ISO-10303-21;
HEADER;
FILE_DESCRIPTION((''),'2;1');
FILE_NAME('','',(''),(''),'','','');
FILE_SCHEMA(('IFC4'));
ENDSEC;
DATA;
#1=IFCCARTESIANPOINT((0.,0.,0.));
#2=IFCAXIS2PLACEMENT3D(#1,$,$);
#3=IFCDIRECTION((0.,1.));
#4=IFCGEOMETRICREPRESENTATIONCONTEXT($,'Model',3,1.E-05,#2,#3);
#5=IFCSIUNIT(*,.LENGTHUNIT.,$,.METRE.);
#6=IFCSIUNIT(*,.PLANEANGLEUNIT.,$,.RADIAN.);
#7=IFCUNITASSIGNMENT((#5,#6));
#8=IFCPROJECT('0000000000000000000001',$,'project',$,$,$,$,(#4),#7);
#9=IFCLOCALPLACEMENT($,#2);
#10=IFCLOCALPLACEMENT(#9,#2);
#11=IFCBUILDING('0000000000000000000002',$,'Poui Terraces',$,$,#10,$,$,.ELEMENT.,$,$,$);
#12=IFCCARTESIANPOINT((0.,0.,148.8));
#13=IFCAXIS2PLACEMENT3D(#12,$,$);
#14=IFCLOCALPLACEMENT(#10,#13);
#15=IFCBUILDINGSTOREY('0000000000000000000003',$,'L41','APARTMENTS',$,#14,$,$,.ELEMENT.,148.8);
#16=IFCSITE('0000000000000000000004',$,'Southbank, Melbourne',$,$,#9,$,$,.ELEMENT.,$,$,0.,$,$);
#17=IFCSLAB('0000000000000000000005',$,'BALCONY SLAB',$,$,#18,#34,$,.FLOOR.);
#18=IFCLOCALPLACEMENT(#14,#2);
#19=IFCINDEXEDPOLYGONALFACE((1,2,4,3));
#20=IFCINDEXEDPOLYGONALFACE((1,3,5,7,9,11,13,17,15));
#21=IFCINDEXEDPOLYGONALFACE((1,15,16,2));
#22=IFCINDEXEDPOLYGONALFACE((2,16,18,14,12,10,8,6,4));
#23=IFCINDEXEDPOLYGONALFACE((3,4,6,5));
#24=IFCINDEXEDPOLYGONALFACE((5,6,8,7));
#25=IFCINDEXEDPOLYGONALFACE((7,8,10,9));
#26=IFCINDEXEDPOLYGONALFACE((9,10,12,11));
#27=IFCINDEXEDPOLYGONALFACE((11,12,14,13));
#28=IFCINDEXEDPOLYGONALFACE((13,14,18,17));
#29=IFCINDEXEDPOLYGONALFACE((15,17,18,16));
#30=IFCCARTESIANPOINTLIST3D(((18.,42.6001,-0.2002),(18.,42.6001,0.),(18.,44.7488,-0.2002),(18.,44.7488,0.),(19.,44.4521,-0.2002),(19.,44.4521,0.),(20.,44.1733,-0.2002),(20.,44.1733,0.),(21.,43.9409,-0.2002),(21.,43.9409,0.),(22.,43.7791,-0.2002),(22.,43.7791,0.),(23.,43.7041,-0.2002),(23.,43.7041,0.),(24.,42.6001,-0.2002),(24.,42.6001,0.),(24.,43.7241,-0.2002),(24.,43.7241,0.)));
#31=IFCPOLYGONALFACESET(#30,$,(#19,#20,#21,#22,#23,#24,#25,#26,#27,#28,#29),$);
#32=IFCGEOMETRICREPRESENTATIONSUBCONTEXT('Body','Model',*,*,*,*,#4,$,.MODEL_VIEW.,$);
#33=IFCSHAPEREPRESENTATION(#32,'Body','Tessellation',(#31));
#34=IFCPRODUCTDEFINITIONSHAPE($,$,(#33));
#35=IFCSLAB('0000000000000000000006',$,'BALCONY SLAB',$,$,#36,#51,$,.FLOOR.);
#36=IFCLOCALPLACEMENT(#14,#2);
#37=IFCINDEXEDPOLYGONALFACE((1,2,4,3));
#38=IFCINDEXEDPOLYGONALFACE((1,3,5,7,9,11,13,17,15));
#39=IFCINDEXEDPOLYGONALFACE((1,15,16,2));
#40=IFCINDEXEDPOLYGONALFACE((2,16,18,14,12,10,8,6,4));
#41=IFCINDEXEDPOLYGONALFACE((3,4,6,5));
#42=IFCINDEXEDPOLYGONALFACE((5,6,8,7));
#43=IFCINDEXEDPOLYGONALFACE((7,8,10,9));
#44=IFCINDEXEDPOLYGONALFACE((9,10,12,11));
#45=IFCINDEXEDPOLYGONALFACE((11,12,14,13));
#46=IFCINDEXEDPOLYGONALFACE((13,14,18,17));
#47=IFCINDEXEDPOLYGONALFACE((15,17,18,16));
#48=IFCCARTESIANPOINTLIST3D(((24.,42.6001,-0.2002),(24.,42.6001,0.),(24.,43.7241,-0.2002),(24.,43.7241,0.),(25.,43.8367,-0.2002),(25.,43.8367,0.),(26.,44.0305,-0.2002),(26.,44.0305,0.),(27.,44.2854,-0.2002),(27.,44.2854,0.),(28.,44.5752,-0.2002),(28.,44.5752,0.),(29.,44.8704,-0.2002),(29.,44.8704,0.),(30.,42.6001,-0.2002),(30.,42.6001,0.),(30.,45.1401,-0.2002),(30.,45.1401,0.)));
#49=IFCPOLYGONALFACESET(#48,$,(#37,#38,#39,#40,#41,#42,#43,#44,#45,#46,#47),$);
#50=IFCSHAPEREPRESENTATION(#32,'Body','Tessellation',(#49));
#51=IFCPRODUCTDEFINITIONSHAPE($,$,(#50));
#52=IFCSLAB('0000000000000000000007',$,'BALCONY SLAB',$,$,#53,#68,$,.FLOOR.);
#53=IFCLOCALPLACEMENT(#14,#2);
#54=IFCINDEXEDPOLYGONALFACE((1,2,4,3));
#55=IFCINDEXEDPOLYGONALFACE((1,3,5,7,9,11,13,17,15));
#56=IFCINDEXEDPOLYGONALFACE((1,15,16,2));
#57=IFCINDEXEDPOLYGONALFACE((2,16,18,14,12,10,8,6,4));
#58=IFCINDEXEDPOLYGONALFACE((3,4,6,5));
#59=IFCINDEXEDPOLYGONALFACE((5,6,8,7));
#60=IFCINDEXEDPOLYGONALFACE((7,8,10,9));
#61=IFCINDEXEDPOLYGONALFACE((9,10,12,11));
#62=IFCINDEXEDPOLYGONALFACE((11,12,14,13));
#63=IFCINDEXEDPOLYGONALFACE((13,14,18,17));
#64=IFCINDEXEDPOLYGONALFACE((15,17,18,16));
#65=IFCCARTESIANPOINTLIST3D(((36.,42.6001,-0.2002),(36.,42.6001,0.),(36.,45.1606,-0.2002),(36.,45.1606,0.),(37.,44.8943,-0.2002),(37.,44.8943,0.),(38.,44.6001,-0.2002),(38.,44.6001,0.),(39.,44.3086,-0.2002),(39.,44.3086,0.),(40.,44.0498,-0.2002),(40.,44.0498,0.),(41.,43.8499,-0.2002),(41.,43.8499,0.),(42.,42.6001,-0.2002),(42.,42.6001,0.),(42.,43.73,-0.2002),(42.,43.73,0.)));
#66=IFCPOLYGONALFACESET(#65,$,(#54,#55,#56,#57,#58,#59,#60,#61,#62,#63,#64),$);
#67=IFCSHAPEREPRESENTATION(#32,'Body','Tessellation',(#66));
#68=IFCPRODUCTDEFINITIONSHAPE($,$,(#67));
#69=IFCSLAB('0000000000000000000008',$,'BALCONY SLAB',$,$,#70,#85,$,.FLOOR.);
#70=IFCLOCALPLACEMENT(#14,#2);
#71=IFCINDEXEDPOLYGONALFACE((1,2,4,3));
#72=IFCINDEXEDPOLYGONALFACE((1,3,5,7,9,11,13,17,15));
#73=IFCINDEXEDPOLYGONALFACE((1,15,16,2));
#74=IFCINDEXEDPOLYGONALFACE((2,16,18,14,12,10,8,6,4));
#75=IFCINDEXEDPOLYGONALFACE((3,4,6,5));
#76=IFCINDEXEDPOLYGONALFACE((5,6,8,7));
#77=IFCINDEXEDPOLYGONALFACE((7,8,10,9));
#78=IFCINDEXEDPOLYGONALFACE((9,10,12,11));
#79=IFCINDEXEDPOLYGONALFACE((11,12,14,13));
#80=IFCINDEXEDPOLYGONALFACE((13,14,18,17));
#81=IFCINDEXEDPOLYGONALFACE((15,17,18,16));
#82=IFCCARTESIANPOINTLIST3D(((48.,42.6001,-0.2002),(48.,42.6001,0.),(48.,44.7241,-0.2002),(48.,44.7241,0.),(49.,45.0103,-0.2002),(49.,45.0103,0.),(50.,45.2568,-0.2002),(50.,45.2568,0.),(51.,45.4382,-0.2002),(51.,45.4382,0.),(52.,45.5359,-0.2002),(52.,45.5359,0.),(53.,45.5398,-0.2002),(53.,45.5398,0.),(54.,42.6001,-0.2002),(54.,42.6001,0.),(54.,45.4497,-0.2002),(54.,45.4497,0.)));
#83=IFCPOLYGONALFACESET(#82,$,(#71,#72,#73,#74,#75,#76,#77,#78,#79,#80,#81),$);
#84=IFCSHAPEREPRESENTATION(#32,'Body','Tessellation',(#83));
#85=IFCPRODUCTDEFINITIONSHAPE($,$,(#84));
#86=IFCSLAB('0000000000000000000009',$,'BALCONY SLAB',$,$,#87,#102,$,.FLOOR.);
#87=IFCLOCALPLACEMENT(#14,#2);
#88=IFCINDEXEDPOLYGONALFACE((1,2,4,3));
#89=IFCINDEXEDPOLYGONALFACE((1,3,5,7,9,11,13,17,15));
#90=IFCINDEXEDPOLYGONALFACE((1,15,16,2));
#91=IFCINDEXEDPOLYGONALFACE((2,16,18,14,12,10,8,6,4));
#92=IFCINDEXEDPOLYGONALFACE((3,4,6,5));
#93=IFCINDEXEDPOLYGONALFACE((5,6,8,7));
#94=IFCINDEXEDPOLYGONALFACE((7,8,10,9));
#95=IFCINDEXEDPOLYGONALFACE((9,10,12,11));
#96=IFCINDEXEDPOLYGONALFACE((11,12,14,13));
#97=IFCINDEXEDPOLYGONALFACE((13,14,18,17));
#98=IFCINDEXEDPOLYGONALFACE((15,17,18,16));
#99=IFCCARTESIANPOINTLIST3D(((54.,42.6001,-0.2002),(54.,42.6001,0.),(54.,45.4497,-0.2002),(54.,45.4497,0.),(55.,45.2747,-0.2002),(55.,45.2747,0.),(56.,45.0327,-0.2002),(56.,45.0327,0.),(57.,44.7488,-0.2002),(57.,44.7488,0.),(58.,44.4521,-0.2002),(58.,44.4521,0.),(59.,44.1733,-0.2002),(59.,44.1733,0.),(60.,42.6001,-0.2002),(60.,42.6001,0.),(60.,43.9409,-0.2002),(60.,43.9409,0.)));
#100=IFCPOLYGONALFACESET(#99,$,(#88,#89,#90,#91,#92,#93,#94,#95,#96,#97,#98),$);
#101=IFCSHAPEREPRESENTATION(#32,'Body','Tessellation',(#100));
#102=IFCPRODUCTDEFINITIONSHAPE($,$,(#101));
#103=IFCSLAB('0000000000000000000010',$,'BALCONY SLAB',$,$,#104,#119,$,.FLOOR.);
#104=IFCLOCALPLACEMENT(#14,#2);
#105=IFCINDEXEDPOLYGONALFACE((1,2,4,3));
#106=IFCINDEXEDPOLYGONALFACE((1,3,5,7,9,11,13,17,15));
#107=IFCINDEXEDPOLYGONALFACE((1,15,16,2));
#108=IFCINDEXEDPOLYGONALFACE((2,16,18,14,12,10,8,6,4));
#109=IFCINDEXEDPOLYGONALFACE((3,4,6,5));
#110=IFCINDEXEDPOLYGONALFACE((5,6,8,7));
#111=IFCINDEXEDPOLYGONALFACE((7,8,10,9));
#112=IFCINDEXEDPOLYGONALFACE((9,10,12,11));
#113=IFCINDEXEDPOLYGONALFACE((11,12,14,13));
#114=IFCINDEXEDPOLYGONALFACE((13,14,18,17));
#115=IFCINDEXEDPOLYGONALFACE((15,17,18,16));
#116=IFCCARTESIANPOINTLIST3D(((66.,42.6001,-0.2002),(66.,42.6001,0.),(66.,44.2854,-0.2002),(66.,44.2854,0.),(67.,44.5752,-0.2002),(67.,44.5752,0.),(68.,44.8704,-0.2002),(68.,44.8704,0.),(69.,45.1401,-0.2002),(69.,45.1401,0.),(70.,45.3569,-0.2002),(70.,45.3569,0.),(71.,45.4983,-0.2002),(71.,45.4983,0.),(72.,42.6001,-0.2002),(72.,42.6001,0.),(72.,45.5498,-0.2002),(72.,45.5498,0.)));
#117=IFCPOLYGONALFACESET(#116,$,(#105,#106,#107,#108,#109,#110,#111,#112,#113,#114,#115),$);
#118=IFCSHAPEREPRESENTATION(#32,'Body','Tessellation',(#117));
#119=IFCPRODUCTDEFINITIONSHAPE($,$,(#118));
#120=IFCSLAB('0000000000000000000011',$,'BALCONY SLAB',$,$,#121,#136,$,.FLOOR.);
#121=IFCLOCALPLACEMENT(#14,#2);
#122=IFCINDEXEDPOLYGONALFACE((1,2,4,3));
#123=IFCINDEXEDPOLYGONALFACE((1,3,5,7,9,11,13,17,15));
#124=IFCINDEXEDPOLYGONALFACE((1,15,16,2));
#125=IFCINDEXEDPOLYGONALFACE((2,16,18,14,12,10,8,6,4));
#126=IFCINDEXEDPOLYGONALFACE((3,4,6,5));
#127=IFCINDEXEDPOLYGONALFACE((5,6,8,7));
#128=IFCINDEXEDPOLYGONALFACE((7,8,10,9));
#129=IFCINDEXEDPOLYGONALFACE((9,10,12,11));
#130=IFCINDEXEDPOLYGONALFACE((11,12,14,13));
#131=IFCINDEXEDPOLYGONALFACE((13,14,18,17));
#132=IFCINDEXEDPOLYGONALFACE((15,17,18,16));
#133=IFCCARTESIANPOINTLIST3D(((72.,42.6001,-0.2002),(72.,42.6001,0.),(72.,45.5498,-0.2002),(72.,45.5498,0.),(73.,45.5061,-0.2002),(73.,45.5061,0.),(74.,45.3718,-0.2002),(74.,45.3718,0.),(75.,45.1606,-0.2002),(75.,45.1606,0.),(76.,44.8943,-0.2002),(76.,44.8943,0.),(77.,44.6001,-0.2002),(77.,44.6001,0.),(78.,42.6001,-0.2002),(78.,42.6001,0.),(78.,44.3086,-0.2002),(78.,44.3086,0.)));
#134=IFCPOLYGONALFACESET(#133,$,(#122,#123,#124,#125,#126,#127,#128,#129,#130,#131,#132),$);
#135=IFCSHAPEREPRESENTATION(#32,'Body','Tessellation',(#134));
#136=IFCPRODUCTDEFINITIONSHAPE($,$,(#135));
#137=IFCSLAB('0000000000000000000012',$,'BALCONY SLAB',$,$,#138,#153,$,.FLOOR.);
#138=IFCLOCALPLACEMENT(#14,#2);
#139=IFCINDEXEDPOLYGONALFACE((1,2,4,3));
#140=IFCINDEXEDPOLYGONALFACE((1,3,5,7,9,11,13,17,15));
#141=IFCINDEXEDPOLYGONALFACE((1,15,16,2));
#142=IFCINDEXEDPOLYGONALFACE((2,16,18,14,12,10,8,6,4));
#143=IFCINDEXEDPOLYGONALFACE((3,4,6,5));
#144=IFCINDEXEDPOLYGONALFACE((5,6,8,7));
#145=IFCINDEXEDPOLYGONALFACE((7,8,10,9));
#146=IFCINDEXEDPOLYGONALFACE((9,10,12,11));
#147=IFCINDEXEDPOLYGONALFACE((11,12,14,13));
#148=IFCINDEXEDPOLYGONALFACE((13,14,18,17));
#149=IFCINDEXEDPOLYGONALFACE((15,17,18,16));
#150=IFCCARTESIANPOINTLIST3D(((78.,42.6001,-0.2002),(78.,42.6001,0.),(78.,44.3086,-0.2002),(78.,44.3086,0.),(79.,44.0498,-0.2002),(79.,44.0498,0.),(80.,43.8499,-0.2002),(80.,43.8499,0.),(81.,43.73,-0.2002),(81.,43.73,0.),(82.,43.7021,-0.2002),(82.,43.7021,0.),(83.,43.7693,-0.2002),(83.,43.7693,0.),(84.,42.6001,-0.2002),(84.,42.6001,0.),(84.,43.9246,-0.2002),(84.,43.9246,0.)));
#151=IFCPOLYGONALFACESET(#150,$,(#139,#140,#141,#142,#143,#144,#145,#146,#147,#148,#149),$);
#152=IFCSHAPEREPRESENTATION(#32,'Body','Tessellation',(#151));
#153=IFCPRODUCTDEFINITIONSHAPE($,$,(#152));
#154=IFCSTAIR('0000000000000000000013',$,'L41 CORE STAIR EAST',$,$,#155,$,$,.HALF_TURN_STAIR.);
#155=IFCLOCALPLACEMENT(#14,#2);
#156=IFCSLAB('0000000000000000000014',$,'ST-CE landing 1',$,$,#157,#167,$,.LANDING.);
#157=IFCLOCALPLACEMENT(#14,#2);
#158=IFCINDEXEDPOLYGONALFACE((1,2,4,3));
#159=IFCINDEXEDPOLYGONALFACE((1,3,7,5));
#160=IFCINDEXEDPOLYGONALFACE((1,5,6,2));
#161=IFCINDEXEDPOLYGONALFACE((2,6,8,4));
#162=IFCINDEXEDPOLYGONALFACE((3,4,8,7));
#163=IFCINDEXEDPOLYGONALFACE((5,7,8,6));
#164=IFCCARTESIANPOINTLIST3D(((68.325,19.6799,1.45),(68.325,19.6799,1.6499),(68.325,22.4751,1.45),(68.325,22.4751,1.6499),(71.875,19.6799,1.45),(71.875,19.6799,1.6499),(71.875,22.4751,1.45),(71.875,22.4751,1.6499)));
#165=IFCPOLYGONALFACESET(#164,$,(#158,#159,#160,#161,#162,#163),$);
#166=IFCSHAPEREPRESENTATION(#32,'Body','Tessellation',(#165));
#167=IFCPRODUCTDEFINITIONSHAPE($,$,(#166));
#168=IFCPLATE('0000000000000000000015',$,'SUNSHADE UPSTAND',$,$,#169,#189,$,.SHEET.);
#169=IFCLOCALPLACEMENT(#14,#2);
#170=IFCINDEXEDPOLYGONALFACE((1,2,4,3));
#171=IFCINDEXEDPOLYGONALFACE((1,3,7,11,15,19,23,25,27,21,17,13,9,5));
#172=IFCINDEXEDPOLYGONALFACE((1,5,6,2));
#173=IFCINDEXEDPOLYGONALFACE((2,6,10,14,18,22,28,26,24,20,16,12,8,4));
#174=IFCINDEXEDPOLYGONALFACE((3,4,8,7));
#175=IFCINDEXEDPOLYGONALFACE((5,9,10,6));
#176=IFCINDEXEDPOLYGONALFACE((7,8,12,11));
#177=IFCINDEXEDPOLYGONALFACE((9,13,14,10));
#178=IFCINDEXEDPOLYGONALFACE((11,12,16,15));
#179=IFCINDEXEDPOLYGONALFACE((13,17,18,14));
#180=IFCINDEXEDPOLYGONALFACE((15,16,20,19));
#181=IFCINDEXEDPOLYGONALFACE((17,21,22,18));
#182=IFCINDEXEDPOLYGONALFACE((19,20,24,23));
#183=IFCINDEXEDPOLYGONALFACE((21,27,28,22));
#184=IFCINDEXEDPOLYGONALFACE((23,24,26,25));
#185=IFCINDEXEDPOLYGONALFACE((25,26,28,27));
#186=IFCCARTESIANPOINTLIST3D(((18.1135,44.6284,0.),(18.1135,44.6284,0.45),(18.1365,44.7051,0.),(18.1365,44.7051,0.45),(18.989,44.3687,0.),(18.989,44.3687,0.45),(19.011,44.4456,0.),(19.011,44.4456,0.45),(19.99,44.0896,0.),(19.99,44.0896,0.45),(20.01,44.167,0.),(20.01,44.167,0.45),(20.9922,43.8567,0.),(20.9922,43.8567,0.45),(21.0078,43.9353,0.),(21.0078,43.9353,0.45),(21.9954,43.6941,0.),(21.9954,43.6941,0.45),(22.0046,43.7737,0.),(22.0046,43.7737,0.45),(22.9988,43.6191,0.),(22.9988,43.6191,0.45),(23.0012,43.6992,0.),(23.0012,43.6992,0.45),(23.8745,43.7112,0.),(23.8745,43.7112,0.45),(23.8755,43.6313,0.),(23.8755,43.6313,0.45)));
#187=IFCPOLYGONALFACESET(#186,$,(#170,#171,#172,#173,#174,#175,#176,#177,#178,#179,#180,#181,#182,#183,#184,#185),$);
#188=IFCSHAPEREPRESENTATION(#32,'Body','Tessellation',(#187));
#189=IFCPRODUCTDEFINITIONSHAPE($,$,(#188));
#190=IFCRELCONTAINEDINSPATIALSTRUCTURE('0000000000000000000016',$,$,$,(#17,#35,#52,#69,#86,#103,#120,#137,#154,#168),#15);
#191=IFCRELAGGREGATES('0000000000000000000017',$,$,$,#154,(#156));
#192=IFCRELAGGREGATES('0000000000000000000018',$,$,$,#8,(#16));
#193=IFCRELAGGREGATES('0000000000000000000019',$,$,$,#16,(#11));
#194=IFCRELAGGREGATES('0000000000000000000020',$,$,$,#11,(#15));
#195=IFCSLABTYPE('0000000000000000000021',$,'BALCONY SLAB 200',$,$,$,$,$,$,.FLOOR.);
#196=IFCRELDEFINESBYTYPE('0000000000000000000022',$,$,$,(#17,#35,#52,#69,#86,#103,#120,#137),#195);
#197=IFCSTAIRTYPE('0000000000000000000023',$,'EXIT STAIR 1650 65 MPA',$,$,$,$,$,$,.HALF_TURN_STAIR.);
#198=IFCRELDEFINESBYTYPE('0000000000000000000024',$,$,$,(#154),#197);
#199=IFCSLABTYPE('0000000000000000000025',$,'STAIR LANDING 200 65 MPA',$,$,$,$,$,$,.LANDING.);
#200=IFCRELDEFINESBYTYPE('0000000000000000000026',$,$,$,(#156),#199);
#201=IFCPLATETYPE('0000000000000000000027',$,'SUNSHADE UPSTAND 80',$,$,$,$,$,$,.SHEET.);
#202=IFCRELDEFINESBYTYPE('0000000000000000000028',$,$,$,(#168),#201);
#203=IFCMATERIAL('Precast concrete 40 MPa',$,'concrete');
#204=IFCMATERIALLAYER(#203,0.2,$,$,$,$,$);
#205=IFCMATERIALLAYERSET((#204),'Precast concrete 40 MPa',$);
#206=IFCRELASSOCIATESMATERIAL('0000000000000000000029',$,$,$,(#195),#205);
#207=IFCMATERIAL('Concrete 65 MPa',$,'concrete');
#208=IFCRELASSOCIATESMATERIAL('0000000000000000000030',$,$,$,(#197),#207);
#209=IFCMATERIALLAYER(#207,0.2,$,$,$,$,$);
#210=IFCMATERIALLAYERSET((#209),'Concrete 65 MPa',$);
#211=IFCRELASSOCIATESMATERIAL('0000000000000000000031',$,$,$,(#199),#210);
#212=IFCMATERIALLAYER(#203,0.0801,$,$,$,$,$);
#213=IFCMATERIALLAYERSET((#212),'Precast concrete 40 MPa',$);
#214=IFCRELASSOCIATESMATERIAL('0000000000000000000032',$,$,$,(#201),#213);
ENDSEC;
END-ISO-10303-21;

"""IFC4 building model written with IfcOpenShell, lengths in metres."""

from ifc_helpers import new_model, si_unit, direction, frame, origin, place, context, subcontext, project, spatial, polyline, outline, extrude, material, layer, layer_set, type_object, element, aggregate, save


model = new_model("IFC4")

# Units and contexts
model_context = context("Model", 3, precision=1e-05, world=origin(), true_north=direction((0.0, 1.0)))
body_context = subcontext(model_context, "Body", "Model", "MODEL_VIEW")
ifc_project = project(units=[si_unit("LENGTHUNIT", "METRE"), si_unit("PLANEANGLEUNIT", "RADIAN")], contexts=[model_context])

# Site, building, storey
site_placement = place(None, origin())
site = spatial("IfcSite", under=ifc_project, at=site_placement, Name="Southbank, Melbourne", CompositionType="ELEMENT", RefElevation=0.0)
building_placement = place(site_placement, origin())
building = spatial("IfcBuilding", under=site, at=building_placement, Name="Poui Terraces", CompositionType="ELEMENT")
storey_placement = place(building_placement, frame((0.0, 0.0, 148.8)))
storey = spatial("IfcBuildingStorey", under=building, at=storey_placement, Name="L41", Description="APARTMENTS", CompositionType="ELEMENT", Elevation=148.8)

# Slabs
ifc_material_1 = material(Name="Precast concrete 40 MPa", Category="concrete")
ifc_layer_1 = layer(ifc_material_1, 0.2)
ifc_layer_set_1 = layer_set([ifc_layer_1], Name="Precast concrete 40 MPa")
slab_type_1 = type_object("IfcSlabType", Name="BALCONY SLAB 200", PredefinedType="FLOOR", material=ifc_layer_set_1)
slab_1_placement = place(storey_placement, frame((0.0, 0.0, -0.2002)))
element("IfcSlab", 1, at=slab_1_placement, inside=storey, type_object=slab_type_1, Name="BALCONY SLAB", PredefinedType="FLOOR", context=body_context, shape_type="SweptSolid", body=[
    extrude(outline(polyline([(18.0, 42.6001), (24.0, 42.6001), (24.0, 43.7241), (23.0, 43.7041), (22.0, 43.7791), (21.0, 43.9409), (20.0, 44.1733), (19.0, 44.4521), (18.0, 44.7488), (18.0, 42.6001)])), origin(), (0.0, 0.0, 1.0), 0.2002),
])
slab_2_placement = place(storey_placement, frame((0.0, 0.0, -0.2002)))
element("IfcSlab", 2, at=slab_2_placement, inside=storey, type_object=slab_type_1, Name="BALCONY SLAB", PredefinedType="FLOOR", context=body_context, shape_type="SweptSolid", body=[
    extrude(outline(polyline([(24.0, 42.6001), (30.0, 42.6001), (30.0, 45.1401), (29.0, 44.8704), (28.0, 44.5752), (27.0, 44.2854), (26.0, 44.0305), (25.0, 43.8367), (24.0, 43.7241), (24.0, 42.6001)])), origin(), (0.0, 0.0, 1.0), 0.2002),
])
slab_3_placement = place(storey_placement, frame((0.0, 0.0, -0.2002)))
element("IfcSlab", 3, at=slab_3_placement, inside=storey, type_object=slab_type_1, Name="BALCONY SLAB", PredefinedType="FLOOR", context=body_context, shape_type="SweptSolid", body=[
    extrude(outline(polyline([(36.0, 42.6001), (42.0, 42.6001), (42.0, 43.73), (41.0, 43.8499), (40.0, 44.0498), (39.0, 44.3086), (38.0, 44.6001), (37.0, 44.8943), (36.0, 45.1606), (36.0, 42.6001)])), origin(), (0.0, 0.0, 1.0), 0.2002),
])
slab_4_placement = place(storey_placement, frame((0.0, 0.0, -0.2002)))
element("IfcSlab", 4, at=slab_4_placement, inside=storey, type_object=slab_type_1, Name="BALCONY SLAB", PredefinedType="FLOOR", context=body_context, shape_type="SweptSolid", body=[
    extrude(outline(polyline([(48.0, 42.6001), (54.0, 42.6001), (54.0, 45.4497), (53.0, 45.5398), (52.0, 45.5359), (51.0, 45.4382), (50.0, 45.2568), (49.0, 45.0103), (48.0, 44.7241), (48.0, 42.6001)])), origin(), (0.0, 0.0, 1.0), 0.2002),
])
slab_5_placement = place(storey_placement, frame((0.0, 0.0, -0.2002)))
element("IfcSlab", 5, at=slab_5_placement, inside=storey, type_object=slab_type_1, Name="BALCONY SLAB", PredefinedType="FLOOR", context=body_context, shape_type="SweptSolid", body=[
    extrude(outline(polyline([(54.0, 42.6001), (60.0, 42.6001), (60.0, 43.9409), (59.0, 44.1733), (58.0, 44.4521), (57.0, 44.7488), (56.0, 45.0327), (55.0, 45.2747), (54.0, 45.4497), (54.0, 42.6001)])), origin(), (0.0, 0.0, 1.0), 0.2002),
])
slab_6_placement = place(storey_placement, frame((0.0, 0.0, -0.2002)))
element("IfcSlab", 6, at=slab_6_placement, inside=storey, type_object=slab_type_1, Name="BALCONY SLAB", PredefinedType="FLOOR", context=body_context, shape_type="SweptSolid", body=[
    extrude(outline(polyline([(66.0, 42.6001), (72.0, 42.6001), (72.0, 45.5498), (71.0, 45.4983), (70.0, 45.3569), (69.0, 45.1401), (68.0, 44.8704), (67.0, 44.5752), (66.0, 44.2854), (66.0, 42.6001)])), origin(), (0.0, 0.0, 1.0), 0.2002),
])
slab_7_placement = place(storey_placement, frame((0.0, 0.0, -0.2002)))
element("IfcSlab", 7, at=slab_7_placement, inside=storey, type_object=slab_type_1, Name="BALCONY SLAB", PredefinedType="FLOOR", context=body_context, shape_type="SweptSolid", body=[
    extrude(outline(polyline([(72.0, 42.6001), (78.0, 42.6001), (78.0, 44.3086), (77.0, 44.6001), (76.0, 44.8943), (75.0, 45.1606), (74.0, 45.3718), (73.0, 45.5061), (72.0, 45.5498), (72.0, 42.6001)])), origin(), (0.0, 0.0, 1.0), 0.2002),
])
slab_8_placement = place(storey_placement, frame((0.0, 0.0, -0.2002)))
element("IfcSlab", 8, at=slab_8_placement, inside=storey, type_object=slab_type_1, Name="BALCONY SLAB", PredefinedType="FLOOR", context=body_context, shape_type="SweptSolid", body=[
    extrude(outline(polyline([(78.0, 42.6001), (84.0, 42.6001), (84.0, 43.9246), (83.0, 43.7693), (82.0, 43.7021), (81.0, 43.73), (80.0, 43.8499), (79.0, 44.0498), (78.0, 44.3086), (78.0, 42.6001)])), origin(), (0.0, 0.0, 1.0), 0.2002),
])

# Stair, slab
ifc_material_2 = material(Name="Concrete 65 MPa", Category="concrete")
stair_type = type_object("IfcStairType", Name="EXIT STAIR 1650 65 MPA", PredefinedType="HALF_TURN_STAIR", material=ifc_material_2)
stair_placement = place(storey_placement, origin())
stair = element("IfcStair", 9, at=stair_placement, inside=storey, type_object=stair_type, Name="L41 CORE STAIR EAST", PredefinedType="HALF_TURN_STAIR")
ifc_layer_2 = layer(ifc_material_2, 0.2)
ifc_layer_set_2 = layer_set([ifc_layer_2], Name="Concrete 65 MPa")
slab_type_2 = type_object("IfcSlabType", Name="STAIR LANDING 200 65 MPA", PredefinedType="LANDING", material=ifc_layer_set_2)
slab_9_placement = place(storey_placement, frame((0.0, 0.0, 1.45)))
slab_9 = element("IfcSlab", 10, at=slab_9_placement, type_object=slab_type_2, Name="ST-CE landing 1", PredefinedType="LANDING", context=body_context, shape_type="SweptSolid", body=[
    extrude(outline(polyline([(68.325, 19.6799), (71.875, 19.6799), (71.875, 22.4751), (68.325, 22.4751), (68.325, 19.6799)])), origin(), (0.0, 0.0, 1.0), 0.2),
])
aggregate(stair, [slab_9])

# Plate
ifc_layer_3 = layer(ifc_material_1, 0.0801)
ifc_layer_set_3 = layer_set([ifc_layer_3], Name="Precast concrete 40 MPa")
plate_type = type_object("IfcPlateType", Name="SUNSHADE UPSTAND 80", PredefinedType="SHEET", material=ifc_layer_set_3)
plate_1_placement = place(storey_placement, origin())
element("IfcPlate", 11, at=plate_1_placement, inside=storey, type_object=plate_type, Name="SUNSHADE UPSTAND", PredefinedType="SHEET", context=body_context, shape_type="SweptSolid", body=[
    extrude(outline(polyline([(19.011, 44.4456), (18.1365, 44.7051), (18.1135, 44.6284), (18.989, 44.3687), (19.99, 44.0896), (20.9922, 43.8567), (21.9954, 43.6941), (22.9988, 43.6191), (23.8755, 43.6313), (23.8745, 43.7112), (23.0012, 43.6992), (22.0046, 43.7737), (21.0078, 43.9353), (20.01, 44.167), (19.011, 44.4456)])), origin(), (0.0, 0.0, 1.0), 0.45),
])

save(model, "model.ifc")
